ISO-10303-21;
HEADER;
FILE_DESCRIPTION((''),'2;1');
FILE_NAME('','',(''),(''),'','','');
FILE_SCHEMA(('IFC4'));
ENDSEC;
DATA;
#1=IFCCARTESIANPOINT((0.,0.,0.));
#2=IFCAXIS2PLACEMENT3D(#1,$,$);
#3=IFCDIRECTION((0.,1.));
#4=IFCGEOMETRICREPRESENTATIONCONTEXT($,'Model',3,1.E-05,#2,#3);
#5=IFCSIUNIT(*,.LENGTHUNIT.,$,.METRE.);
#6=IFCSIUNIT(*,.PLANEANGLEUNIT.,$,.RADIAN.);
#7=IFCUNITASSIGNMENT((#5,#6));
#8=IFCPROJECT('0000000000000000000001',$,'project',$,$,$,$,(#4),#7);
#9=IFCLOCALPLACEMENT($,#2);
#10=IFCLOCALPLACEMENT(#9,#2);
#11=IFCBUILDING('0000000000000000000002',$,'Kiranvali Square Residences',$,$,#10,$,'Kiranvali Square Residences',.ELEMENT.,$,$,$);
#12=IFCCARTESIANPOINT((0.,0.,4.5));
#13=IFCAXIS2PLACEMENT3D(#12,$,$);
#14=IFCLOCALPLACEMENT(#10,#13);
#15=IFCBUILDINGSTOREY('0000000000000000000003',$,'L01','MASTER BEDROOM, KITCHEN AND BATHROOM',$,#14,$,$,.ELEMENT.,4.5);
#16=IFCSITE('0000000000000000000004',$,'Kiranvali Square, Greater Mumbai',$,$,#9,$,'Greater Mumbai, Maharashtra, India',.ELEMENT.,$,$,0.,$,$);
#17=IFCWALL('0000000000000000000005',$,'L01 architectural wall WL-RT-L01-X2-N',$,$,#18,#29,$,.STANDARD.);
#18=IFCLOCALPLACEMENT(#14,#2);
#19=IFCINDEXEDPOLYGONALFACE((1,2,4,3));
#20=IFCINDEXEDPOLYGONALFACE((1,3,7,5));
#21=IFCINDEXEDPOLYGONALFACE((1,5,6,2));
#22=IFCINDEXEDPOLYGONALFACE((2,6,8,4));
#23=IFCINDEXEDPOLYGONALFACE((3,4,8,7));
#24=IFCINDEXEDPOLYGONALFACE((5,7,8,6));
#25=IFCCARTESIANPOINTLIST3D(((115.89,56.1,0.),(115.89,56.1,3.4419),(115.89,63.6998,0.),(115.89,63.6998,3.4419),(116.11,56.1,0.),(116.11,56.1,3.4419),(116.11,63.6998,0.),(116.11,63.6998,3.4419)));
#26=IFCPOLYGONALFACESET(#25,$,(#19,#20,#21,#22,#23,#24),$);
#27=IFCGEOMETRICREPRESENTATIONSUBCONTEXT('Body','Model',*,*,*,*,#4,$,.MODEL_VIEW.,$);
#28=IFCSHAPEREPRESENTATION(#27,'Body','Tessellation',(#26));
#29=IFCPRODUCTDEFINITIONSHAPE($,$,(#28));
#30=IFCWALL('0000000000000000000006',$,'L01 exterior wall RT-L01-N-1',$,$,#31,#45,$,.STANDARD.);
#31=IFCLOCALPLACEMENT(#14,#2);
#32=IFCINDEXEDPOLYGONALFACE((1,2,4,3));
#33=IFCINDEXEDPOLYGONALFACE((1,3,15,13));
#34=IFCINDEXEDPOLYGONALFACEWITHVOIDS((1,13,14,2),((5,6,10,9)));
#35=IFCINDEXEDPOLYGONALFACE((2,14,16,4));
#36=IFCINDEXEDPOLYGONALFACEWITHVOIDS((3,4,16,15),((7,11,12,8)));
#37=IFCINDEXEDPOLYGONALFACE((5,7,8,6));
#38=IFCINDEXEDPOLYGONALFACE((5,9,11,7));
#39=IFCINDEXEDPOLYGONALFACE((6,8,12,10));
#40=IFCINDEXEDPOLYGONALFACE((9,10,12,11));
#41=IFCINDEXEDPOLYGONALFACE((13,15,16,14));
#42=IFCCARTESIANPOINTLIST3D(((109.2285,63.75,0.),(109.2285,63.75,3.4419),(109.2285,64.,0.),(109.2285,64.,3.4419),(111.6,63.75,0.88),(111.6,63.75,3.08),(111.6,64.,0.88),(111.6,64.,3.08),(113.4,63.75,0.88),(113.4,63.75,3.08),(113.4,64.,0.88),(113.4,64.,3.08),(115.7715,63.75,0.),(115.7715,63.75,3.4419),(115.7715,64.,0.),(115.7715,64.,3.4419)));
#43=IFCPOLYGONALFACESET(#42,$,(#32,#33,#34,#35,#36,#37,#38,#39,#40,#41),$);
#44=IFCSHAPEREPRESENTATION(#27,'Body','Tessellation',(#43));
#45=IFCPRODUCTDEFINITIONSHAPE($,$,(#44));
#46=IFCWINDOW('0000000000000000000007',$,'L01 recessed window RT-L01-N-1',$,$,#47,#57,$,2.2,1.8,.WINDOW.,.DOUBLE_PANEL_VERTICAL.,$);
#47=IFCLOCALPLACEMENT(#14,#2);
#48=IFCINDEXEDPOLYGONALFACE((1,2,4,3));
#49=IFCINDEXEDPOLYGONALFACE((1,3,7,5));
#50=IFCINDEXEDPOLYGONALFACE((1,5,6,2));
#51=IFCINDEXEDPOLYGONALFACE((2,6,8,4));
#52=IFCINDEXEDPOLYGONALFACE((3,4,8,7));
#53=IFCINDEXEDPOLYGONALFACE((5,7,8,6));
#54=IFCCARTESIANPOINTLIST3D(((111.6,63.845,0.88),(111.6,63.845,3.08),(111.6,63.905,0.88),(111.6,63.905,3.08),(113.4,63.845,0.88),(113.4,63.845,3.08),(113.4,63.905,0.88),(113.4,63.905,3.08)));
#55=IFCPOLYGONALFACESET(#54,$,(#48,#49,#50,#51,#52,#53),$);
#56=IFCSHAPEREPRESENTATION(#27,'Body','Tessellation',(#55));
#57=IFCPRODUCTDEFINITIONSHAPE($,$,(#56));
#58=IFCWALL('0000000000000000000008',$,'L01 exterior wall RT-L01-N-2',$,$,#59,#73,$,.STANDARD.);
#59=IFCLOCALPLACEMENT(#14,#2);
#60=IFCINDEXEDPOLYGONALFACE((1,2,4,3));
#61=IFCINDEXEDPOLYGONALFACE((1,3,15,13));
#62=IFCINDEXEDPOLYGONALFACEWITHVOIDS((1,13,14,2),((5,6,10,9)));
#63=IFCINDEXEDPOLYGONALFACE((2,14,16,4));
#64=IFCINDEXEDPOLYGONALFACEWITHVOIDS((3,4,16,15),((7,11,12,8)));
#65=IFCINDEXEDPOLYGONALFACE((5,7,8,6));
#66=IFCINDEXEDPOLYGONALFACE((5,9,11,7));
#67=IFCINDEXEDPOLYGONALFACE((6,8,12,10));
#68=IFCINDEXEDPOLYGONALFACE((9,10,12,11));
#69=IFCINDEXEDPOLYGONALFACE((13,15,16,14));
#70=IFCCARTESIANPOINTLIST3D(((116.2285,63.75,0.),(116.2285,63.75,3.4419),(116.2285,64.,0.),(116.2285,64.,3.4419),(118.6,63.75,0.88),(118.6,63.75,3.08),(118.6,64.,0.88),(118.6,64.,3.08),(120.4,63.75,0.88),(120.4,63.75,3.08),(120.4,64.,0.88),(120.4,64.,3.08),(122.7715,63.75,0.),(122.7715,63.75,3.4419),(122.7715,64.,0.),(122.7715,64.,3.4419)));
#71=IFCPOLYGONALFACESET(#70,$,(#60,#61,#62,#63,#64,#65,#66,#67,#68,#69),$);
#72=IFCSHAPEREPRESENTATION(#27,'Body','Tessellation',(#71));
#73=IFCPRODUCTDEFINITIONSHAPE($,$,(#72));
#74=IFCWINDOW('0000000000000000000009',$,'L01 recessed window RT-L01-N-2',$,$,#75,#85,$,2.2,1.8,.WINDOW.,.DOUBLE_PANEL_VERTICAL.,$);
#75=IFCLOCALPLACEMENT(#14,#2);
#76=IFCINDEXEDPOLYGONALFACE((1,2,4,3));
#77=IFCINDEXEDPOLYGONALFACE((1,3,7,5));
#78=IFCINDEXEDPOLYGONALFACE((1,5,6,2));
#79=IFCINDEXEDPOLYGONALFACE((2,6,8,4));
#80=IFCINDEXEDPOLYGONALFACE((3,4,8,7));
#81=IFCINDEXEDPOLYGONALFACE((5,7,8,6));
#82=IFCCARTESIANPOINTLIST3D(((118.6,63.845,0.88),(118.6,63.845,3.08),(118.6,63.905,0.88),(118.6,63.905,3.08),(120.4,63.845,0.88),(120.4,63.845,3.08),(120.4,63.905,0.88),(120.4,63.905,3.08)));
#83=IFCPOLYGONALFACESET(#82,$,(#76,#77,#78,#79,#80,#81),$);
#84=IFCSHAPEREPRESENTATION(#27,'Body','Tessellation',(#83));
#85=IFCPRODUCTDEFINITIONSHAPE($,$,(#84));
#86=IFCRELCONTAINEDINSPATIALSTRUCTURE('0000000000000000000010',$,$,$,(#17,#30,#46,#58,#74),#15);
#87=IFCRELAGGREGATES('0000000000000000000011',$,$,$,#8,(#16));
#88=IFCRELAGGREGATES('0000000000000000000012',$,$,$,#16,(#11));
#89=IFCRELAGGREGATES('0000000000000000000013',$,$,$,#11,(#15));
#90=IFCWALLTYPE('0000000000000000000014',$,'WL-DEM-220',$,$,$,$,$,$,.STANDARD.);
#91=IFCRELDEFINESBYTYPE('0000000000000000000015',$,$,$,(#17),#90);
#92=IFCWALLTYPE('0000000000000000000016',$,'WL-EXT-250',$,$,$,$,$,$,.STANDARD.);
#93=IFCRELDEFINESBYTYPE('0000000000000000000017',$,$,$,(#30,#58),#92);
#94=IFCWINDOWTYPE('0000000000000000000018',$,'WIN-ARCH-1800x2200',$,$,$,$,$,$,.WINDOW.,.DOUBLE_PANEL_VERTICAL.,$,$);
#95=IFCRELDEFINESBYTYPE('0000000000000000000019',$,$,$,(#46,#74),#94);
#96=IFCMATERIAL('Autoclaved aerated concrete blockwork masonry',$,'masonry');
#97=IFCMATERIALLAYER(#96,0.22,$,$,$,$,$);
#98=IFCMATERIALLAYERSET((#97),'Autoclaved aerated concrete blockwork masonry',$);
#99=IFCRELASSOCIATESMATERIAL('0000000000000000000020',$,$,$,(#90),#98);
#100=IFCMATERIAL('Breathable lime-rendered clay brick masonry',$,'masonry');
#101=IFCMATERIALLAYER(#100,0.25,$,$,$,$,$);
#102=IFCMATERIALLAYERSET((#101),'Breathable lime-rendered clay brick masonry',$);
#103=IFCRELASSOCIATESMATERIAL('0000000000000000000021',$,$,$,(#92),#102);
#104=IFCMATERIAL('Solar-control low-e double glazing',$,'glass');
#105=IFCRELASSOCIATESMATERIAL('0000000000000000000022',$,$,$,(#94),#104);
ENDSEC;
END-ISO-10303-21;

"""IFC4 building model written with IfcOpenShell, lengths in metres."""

from ifc_helpers import new_model, si_unit, direction, frame, frame_2d, origin, place, context, subcontext, project, spatial, rectangle, extrude, material, layer, layer_set, type_object, element, fill, save


model = new_model("IFC4")

# Units and contexts
model_context = context("Model", 3, precision=1e-05, world=origin(), true_north=direction((0.0, 1.0)))
body_context = subcontext(model_context, "Body", "Model", "MODEL_VIEW")
ifc_project = project(units=[si_unit("LENGTHUNIT", "METRE"), si_unit("PLANEANGLEUNIT", "RADIAN")], contexts=[model_context])

# Site, building, storey
site_placement = place(None, origin())
site = spatial("IfcSite", under=ifc_project, at=site_placement, Name="Kiranvali Square, Greater Mumbai", LongName="Greater Mumbai, Maharashtra, India", CompositionType="ELEMENT", RefElevation=0.0)
building_placement = place(site_placement, origin())
building = spatial("IfcBuilding", under=site, at=building_placement, Name="Kiranvali Square Residences", LongName="Kiranvali Square Residences", CompositionType="ELEMENT")
storey_placement = place(building_placement, frame((0.0, 0.0, 4.5)))
storey = spatial("IfcBuildingStorey", under=building, at=storey_placement, Name="L01", Description="MASTER BEDROOM, KITCHEN AND BATHROOM", CompositionType="ELEMENT", Elevation=4.5)

# Shared definitions
ifc_material_1 = material(Name="Autoclaved aerated concrete blockwork masonry", Category="masonry")

# Wall
ifc_layer_1 = layer(ifc_material_1, 0.22)
ifc_layer_set_1 = layer_set([ifc_layer_1], Name="Autoclaved aerated concrete blockwork masonry")
wall_type_1 = type_object("IfcWallType", Name="WL-DEM-220", PredefinedType="STANDARD", material=ifc_layer_set_1)
for number, where, z_axis, x_axis, name in (
    (1, (116.0, 56.1001, 0.0), (0.0, 0.0, 1.0), (0.0, 1.0, 0.0), "L01 architectural wall WL-RT-L01-X2-N"),
):
    element("IfcWall", number, at=place(storey_placement, frame(where, z_axis=z_axis, x_axis=x_axis)), inside=storey, type_object=wall_type_1, Name=name, PredefinedType="STANDARD", context=body_context, shape_type="SweptSolid", body=[
        extrude(rectangle(XDim=7.5999, YDim=0.22, at=frame_2d((3.7998, 0.0))), origin(), (0.0, 0.0, 1.0), 3.4419),
    ])

# Walls, openings, windows
ifc_material_2 = material(Name="Breathable lime-rendered clay brick masonry", Category="masonry")
ifc_layer_2 = layer(ifc_material_2, 0.25)
ifc_layer_set_2 = layer_set([ifc_layer_2], Name="Breathable lime-rendered clay brick masonry")
wall_type_2 = type_object("IfcWallType", Name="WL-EXT-250", PredefinedType="STANDARD", material=ifc_layer_set_2)
wall_1_placement = place(storey_placement, frame((109.2285, 63.875, 0.0), z_axis=(0.0, 0.0, 1.0), x_axis=(1.0, 0.0, 0.0)))
wall_1 = element("IfcWall", 2, at=wall_1_placement, inside=storey, type_object=wall_type_2, Name="L01 exterior wall RT-L01-N-1", PredefinedType="STANDARD", context=body_context, shape_type="SweptSolid", body=[
    extrude(rectangle(XDim=6.543, YDim=0.25, at=frame_2d((3.2715, 0.0))), origin(), (0.0, 0.0, 1.0), 3.4419),
])
opening_1_placement = place(wall_1_placement, frame((2.3716, 0.0, 0.8799)))
opening_1 = element("IfcOpeningElement", 3, at=opening_1_placement, cuts=wall_1, PredefinedType="OPENING", context=body_context, shape_type="SweptSolid", body=[
    extrude(rectangle(XDim=1.8, YDim=2.2, at=frame_2d((0.8999, 1.1001))), frame((0.0, 0.135, 0.0), z_axis=(0.0, -1.0, 0.0), x_axis=(1.0, 0.0, 0.0)), (0.0, 0.0, 1.0), 0.27),
])
ifc_material_3 = material(Name="Solar-control low-e double glazing", Category="glass")
window_type = type_object("IfcWindowType", Name="WIN-ARCH-1800x2200", PartitioningType="DOUBLE_PANEL_VERTICAL", PredefinedType="WINDOW", material=ifc_material_3)
window_1_placement = place(opening_1_placement, origin())
window_1 = element("IfcWindow", 4, at=window_1_placement, inside=storey, type_object=window_type, Name="L01 recessed window RT-L01-N-1", OverallHeight=2.2, OverallWidth=1.8, PartitioningType="DOUBLE_PANEL_VERTICAL", PredefinedType="WINDOW", context=body_context, shape_type="SweptSolid", body=[
    extrude(rectangle(XDim=1.8, YDim=2.2, at=frame_2d((0.8999, 1.1001))), frame((0.0, 0.03, 0.0), z_axis=(0.0, -1.0, 0.0), x_axis=(1.0, 0.0, 0.0)), (0.0, 0.0, 1.0), 0.0601),
])
fill(opening_1, window_1)
wall_2_placement = place(storey_placement, frame((116.2285, 63.875, 0.0), z_axis=(0.0, 0.0, 1.0), x_axis=(1.0, 0.0, 0.0)))
wall_2 = element("IfcWall", 5, at=wall_2_placement, inside=storey, type_object=wall_type_2, Name="L01 exterior wall RT-L01-N-2", PredefinedType="STANDARD", context=body_context, shape_type="SweptSolid", body=[
    extrude(rectangle(XDim=6.543, YDim=0.25, at=frame_2d((3.2715, 0.0))), origin(), (0.0, 0.0, 1.0), 3.4419),
])
opening_2_placement = place(wall_2_placement, frame((2.3716, 0.0, 0.8799)))
opening_2 = element("IfcOpeningElement", 6, at=opening_2_placement, cuts=wall_2, PredefinedType="OPENING", context=body_context, shape_type="SweptSolid", body=[
    extrude(rectangle(XDim=1.8, YDim=2.2, at=frame_2d((0.8999, 1.1001))), frame((0.0, 0.135, 0.0), z_axis=(0.0, -1.0, 0.0), x_axis=(1.0, 0.0, 0.0)), (0.0, 0.0, 1.0), 0.27),
])
window_2_placement = place(opening_2_placement, origin())
window_2 = element("IfcWindow", 7, at=window_2_placement, inside=storey, type_object=window_type, Name="L01 recessed window RT-L01-N-2", OverallHeight=2.2, OverallWidth=1.8, PartitioningType="DOUBLE_PANEL_VERTICAL", PredefinedType="WINDOW", context=body_context, shape_type="SweptSolid", body=[
    extrude(rectangle(XDim=1.8, YDim=2.2, at=frame_2d((0.8999, 1.1001))), frame((0.0, 0.03, 0.0), z_axis=(0.0, -1.0, 0.0), x_axis=(1.0, 0.0, 0.0)), (0.0, 0.0, 1.0), 0.0601),
])
fill(opening_2, window_2)

save(model, "model.ifc")
